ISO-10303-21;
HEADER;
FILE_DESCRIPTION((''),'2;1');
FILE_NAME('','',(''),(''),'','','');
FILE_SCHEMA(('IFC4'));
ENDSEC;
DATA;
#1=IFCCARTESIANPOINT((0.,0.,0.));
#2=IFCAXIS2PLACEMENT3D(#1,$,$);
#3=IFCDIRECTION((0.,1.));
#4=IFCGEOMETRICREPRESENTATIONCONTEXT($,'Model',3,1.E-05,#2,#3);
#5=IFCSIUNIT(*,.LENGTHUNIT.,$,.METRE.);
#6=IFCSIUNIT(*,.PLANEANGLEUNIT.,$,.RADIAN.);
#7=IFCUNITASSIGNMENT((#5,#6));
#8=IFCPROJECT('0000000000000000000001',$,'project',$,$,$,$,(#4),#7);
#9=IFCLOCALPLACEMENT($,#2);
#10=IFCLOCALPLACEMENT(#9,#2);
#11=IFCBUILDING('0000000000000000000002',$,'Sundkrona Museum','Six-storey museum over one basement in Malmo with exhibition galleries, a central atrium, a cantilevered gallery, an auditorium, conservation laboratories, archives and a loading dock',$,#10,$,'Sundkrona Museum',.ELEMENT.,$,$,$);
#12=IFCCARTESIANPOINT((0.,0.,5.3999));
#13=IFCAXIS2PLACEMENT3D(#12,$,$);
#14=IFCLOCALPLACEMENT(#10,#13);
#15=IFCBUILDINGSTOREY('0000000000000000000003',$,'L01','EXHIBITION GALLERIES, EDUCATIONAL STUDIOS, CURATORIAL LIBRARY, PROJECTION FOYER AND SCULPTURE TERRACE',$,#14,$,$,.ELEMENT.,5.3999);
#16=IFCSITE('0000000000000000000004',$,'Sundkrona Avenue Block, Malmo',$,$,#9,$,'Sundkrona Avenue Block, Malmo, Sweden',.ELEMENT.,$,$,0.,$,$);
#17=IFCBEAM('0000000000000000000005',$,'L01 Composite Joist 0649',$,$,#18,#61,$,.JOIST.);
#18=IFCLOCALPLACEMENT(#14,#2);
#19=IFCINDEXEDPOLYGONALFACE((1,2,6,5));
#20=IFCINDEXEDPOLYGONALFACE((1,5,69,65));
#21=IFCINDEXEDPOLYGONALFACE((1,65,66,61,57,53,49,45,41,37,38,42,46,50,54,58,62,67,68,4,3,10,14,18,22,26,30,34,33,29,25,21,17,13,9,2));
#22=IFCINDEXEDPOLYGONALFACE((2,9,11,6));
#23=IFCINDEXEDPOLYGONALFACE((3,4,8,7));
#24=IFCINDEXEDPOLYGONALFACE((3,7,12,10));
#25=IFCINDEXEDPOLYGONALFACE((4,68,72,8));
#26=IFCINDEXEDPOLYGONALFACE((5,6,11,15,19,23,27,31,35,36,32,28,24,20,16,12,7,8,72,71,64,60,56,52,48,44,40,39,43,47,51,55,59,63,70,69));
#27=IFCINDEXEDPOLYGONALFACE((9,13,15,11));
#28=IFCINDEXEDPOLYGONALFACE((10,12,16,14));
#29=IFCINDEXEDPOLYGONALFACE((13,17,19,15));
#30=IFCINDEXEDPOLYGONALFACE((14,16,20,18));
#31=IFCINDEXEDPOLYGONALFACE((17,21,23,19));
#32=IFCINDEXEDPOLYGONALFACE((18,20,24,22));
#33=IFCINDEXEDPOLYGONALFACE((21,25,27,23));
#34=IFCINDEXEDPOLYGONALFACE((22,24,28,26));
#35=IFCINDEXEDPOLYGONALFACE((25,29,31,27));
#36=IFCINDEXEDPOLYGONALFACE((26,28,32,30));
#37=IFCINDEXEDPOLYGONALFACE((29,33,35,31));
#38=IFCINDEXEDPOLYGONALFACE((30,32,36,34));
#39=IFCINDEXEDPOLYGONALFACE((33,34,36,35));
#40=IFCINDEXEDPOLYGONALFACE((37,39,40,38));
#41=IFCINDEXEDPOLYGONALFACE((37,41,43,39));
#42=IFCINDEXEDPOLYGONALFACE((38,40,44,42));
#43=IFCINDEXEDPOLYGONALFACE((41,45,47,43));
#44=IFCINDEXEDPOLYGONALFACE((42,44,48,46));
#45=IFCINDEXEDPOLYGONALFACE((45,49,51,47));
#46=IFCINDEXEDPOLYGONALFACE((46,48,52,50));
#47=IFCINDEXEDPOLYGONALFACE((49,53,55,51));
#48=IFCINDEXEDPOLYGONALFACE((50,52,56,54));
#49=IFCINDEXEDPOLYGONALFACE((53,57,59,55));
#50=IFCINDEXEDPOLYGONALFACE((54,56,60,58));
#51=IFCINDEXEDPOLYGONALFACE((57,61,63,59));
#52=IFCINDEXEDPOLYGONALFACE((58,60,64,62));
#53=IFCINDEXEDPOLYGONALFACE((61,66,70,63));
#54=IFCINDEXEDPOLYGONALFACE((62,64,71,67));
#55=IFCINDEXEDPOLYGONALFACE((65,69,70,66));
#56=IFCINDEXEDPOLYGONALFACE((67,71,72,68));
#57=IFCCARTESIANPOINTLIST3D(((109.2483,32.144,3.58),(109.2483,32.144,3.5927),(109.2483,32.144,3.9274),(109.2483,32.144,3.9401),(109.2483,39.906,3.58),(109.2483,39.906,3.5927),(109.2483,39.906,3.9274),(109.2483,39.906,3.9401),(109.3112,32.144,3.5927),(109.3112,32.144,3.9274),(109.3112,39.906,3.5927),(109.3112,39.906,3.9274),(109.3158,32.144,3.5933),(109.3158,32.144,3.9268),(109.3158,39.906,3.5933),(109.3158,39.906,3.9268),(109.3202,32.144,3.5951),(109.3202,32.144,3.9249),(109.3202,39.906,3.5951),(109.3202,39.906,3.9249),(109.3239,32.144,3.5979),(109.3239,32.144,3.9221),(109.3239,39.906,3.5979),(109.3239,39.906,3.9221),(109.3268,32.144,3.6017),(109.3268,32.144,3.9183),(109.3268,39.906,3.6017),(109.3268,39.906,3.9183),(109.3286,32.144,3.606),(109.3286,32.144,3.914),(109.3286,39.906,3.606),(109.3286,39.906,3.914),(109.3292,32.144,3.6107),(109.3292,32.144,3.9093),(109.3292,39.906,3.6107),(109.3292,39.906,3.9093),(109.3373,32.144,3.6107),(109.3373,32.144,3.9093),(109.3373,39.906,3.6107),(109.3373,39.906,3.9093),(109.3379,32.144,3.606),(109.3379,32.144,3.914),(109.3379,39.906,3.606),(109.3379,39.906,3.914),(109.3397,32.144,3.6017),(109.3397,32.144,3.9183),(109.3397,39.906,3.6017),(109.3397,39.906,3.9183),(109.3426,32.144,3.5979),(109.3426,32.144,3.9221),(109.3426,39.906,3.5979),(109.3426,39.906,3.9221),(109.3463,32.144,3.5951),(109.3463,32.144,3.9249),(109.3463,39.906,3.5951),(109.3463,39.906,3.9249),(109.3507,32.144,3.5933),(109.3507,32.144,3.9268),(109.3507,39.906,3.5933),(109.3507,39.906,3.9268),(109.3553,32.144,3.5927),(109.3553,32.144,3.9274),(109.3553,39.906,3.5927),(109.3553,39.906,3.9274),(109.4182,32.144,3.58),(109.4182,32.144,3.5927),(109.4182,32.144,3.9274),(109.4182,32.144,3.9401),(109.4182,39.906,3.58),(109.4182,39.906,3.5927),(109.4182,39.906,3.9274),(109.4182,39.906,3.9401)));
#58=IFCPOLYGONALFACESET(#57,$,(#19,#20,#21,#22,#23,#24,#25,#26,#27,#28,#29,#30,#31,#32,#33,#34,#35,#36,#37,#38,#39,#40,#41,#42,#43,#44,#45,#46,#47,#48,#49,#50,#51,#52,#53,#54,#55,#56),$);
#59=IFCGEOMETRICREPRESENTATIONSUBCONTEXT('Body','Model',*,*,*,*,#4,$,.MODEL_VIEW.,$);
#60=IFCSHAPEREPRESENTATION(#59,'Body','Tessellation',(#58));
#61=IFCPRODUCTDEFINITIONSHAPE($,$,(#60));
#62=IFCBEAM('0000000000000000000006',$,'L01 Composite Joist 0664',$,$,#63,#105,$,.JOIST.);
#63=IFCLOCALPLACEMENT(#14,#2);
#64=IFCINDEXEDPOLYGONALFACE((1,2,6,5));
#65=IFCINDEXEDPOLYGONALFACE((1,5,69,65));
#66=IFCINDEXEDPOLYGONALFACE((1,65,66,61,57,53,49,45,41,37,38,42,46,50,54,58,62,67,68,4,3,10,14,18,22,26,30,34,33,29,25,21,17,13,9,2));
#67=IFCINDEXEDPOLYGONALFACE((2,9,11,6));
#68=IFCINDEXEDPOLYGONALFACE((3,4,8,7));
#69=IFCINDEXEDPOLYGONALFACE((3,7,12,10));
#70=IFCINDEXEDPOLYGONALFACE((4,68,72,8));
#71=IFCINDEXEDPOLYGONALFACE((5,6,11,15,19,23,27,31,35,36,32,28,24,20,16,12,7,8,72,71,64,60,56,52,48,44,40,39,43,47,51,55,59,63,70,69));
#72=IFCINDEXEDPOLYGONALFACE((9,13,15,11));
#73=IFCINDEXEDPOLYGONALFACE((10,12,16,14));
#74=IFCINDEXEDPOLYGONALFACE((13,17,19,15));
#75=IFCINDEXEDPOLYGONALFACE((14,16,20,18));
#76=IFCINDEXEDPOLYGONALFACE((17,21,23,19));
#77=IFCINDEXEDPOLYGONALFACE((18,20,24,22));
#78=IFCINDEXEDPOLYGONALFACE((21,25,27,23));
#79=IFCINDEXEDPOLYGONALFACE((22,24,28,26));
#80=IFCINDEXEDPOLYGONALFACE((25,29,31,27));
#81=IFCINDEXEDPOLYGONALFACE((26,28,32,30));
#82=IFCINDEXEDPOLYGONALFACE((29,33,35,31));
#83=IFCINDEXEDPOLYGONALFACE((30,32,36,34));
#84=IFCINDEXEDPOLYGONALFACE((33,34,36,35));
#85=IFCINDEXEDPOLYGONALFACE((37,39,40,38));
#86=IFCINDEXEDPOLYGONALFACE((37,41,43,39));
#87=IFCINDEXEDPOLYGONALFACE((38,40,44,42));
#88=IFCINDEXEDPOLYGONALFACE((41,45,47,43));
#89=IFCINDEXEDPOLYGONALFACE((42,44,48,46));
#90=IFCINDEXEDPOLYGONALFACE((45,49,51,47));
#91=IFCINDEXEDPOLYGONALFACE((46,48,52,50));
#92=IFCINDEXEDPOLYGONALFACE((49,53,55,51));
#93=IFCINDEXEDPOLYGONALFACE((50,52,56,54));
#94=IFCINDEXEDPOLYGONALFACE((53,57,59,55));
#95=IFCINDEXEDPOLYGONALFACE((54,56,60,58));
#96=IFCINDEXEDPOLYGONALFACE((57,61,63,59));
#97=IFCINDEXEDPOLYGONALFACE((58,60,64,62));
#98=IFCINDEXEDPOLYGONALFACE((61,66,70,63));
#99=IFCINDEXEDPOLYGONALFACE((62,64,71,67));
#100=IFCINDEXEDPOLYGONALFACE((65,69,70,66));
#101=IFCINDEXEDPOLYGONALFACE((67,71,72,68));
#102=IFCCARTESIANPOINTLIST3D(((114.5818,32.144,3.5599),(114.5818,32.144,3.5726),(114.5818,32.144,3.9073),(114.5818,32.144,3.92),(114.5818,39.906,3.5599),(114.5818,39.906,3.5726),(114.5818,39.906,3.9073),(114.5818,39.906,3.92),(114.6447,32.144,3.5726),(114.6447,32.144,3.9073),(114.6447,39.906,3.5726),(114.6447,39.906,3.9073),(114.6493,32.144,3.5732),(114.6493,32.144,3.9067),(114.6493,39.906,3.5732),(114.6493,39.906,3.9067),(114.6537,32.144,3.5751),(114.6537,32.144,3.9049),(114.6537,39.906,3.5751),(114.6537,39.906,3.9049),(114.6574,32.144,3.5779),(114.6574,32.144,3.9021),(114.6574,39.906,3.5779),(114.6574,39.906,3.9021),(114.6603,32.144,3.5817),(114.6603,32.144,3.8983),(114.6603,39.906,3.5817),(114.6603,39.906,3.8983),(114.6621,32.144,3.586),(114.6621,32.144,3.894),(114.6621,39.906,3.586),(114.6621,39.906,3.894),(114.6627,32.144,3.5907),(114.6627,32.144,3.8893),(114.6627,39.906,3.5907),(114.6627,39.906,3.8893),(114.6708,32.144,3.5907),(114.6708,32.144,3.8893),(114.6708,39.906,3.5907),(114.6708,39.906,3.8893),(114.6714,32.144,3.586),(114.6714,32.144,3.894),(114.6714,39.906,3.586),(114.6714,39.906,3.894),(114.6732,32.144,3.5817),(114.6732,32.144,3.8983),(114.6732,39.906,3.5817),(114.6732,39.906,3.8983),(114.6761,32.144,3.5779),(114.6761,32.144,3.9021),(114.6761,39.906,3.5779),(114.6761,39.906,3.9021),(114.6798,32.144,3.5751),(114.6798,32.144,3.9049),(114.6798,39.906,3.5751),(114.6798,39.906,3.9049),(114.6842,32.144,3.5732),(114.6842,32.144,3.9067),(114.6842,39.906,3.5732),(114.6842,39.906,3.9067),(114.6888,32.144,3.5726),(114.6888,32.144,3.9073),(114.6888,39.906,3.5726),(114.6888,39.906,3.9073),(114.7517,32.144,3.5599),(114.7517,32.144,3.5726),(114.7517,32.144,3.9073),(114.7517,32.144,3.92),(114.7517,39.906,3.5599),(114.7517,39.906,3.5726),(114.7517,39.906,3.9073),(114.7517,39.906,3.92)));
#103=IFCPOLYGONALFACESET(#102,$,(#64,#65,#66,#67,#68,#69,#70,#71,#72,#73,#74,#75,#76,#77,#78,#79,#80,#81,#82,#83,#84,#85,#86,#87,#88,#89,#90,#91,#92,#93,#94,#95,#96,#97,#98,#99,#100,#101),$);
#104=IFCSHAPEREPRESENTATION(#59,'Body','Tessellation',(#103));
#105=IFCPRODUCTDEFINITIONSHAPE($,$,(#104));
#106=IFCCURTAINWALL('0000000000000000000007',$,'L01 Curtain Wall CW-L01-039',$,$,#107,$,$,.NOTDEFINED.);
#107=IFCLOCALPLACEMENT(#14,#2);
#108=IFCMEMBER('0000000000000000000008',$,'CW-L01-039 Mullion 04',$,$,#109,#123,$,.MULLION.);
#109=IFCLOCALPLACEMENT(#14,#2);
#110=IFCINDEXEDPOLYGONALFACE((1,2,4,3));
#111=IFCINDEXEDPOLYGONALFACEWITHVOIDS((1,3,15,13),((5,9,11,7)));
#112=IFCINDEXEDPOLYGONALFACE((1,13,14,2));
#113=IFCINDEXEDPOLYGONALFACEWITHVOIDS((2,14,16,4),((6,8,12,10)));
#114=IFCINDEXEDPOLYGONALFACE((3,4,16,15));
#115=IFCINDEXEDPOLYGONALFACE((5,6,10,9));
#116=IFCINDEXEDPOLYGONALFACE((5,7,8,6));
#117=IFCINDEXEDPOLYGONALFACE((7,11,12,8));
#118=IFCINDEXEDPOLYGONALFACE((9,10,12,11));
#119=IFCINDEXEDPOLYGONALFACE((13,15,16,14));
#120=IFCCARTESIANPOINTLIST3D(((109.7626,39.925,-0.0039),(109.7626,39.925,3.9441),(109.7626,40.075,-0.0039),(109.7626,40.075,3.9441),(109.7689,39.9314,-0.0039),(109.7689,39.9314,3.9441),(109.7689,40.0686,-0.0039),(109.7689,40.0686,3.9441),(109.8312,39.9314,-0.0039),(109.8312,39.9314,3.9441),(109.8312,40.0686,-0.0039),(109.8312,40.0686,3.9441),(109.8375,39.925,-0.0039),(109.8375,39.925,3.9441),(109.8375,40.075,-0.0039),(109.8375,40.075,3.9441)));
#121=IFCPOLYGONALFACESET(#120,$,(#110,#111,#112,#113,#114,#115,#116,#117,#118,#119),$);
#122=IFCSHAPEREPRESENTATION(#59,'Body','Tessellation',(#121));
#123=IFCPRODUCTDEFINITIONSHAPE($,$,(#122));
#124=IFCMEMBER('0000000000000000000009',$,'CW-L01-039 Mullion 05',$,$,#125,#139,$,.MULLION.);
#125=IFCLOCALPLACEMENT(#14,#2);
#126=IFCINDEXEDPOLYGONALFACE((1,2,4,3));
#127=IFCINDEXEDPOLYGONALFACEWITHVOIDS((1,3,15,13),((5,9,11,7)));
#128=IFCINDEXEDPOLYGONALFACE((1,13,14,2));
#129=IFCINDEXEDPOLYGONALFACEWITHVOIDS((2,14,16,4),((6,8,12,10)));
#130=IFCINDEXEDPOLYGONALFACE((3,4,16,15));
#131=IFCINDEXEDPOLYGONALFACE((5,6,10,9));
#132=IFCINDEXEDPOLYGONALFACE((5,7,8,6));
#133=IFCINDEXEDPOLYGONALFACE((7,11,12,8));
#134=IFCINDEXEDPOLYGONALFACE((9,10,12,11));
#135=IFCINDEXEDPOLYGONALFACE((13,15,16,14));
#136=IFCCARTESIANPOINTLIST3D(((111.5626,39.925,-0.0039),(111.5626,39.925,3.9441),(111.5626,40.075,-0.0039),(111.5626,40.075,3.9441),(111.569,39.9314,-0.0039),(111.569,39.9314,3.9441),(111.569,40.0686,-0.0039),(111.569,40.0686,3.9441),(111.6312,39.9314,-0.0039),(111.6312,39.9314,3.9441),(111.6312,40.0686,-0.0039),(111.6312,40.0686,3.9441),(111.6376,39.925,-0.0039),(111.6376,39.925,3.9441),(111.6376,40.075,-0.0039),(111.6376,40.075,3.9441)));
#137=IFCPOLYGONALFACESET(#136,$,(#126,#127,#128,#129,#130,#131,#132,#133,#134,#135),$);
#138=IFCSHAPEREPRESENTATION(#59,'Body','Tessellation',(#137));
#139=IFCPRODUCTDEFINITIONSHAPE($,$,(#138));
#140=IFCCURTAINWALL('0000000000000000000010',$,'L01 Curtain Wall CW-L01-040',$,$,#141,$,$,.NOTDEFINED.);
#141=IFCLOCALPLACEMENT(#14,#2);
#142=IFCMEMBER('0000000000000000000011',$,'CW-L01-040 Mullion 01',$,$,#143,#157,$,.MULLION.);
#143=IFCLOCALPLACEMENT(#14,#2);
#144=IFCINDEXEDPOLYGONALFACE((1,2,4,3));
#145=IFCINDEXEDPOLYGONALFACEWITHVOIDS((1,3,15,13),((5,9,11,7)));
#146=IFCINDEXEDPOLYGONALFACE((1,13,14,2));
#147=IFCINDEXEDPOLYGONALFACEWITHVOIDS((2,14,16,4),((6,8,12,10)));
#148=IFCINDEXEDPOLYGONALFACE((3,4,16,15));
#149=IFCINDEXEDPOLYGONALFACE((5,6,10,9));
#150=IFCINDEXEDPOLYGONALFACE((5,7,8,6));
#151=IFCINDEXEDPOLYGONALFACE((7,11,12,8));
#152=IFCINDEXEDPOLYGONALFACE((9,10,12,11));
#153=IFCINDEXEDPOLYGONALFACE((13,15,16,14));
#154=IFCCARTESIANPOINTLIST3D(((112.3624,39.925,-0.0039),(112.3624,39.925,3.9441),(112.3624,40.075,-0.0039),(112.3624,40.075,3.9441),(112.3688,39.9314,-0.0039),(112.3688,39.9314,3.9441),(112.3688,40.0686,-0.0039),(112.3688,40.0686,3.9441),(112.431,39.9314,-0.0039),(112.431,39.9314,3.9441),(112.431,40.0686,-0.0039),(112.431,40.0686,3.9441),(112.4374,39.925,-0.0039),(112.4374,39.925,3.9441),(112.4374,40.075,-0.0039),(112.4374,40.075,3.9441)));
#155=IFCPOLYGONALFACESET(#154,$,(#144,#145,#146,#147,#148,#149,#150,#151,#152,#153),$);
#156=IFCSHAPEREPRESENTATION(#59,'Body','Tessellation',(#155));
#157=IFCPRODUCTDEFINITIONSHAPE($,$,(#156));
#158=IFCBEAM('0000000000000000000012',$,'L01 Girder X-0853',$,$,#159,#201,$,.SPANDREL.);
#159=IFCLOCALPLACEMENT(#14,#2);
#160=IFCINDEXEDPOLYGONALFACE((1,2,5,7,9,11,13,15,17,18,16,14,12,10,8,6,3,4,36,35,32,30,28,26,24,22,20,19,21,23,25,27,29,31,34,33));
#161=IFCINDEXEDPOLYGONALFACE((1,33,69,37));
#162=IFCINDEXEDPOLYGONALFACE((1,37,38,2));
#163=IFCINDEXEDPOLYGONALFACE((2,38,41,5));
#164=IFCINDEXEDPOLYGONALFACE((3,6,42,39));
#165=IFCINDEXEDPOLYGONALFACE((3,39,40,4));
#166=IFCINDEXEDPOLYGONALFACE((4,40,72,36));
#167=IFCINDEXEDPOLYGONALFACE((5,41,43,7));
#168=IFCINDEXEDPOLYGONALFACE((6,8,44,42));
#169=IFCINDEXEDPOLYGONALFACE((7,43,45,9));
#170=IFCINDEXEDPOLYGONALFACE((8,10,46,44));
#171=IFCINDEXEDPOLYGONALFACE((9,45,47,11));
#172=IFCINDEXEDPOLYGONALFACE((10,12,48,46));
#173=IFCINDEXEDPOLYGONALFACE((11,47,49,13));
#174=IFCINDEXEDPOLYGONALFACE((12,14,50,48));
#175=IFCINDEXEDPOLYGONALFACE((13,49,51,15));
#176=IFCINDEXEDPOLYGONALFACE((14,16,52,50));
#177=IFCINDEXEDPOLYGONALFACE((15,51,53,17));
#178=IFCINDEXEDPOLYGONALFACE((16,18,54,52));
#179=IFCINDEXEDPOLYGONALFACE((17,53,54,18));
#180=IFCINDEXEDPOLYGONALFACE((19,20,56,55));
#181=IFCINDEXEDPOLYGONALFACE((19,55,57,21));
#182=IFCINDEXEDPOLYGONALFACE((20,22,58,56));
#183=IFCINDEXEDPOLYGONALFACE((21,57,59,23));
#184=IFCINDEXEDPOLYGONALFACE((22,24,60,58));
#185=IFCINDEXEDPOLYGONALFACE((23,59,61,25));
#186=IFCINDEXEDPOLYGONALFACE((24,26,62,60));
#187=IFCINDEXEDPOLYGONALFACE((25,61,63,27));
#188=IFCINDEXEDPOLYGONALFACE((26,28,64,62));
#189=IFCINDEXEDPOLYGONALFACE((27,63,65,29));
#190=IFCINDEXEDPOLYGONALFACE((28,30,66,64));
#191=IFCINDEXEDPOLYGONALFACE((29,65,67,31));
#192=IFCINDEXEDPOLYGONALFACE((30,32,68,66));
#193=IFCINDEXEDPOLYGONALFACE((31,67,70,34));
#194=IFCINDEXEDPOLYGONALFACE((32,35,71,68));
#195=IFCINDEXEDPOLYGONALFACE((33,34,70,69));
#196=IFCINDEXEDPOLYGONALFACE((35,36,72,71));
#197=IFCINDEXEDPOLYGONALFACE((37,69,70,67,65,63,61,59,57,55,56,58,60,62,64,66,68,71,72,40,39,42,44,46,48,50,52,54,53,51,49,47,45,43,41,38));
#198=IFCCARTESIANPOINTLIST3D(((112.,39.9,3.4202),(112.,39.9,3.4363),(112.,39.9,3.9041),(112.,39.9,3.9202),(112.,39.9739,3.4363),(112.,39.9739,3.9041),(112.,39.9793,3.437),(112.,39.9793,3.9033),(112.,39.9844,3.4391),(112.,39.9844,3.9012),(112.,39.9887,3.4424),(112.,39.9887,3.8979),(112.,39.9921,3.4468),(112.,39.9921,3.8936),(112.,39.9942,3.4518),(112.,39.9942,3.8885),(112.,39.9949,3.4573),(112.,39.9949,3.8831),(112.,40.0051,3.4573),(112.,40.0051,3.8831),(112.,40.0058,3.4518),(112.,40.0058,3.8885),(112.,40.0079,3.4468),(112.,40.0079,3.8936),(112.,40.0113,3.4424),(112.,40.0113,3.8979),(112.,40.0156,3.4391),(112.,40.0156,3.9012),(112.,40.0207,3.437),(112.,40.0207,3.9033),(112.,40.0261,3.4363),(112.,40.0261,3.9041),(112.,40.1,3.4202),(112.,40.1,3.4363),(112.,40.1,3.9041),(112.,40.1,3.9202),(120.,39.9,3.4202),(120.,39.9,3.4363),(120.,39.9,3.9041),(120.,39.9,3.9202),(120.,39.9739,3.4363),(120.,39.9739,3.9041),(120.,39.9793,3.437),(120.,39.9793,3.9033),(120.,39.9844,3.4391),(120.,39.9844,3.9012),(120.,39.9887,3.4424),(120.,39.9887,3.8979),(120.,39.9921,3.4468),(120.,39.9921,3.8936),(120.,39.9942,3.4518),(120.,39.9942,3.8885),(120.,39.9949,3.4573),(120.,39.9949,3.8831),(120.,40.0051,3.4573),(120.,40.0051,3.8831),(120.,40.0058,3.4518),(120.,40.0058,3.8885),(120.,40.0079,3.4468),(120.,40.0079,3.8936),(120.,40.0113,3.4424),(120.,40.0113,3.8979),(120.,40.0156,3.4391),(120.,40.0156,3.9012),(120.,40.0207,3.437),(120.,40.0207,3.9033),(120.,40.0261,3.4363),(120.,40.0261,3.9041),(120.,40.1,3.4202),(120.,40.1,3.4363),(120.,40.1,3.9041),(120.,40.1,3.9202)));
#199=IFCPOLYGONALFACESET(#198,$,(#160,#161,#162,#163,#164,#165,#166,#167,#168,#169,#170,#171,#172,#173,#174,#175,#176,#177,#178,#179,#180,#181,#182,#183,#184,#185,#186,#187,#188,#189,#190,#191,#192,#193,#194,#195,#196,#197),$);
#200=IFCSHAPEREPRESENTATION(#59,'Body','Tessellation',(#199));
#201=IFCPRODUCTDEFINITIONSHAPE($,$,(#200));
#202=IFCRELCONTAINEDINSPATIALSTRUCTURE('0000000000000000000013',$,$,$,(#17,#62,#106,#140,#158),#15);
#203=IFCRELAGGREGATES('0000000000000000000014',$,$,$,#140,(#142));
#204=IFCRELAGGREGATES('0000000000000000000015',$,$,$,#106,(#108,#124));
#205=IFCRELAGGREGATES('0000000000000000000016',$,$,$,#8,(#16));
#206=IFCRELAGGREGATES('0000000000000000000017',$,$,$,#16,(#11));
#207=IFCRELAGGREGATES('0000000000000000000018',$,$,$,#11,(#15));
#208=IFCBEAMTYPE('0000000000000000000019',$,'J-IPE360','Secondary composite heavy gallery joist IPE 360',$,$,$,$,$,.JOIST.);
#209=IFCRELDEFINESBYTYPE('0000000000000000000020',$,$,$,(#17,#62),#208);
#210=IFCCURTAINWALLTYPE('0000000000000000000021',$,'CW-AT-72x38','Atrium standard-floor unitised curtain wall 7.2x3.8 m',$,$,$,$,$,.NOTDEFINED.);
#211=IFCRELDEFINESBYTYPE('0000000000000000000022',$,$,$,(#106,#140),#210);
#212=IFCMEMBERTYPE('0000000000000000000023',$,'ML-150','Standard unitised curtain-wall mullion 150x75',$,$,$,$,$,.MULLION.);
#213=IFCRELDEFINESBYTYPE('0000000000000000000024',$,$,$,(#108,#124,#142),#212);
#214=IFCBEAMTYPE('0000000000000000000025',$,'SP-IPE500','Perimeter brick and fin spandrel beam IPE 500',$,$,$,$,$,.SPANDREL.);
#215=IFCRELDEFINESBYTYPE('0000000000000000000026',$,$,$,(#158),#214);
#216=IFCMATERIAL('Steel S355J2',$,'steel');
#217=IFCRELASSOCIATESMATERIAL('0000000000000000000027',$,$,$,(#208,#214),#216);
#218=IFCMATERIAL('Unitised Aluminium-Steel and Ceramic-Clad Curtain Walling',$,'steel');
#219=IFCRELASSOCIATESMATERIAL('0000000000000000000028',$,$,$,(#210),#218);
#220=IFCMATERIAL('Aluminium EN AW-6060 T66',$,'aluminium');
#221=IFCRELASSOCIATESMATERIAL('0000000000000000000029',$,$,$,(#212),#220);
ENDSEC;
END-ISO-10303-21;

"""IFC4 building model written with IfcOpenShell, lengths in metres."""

from ifc_helpers import new_model, si_unit, direction, frame, origin, origin_2d, place, context, subcontext, project, spatial, hollow_rectangle, i_section, extrude, material, material_profile, profile_set, type_object, element, aggregate, save


model = new_model("IFC4")

# Units and contexts
model_context = context("Model", 3, precision=1e-05, world=origin(), true_north=direction((0.0, 1.0)))
body_context = subcontext(model_context, "Body", "Model", "MODEL_VIEW")
ifc_project = project(units=[si_unit("LENGTHUNIT", "METRE"), si_unit("PLANEANGLEUNIT", "RADIAN")], contexts=[model_context])

# Site, building, storey
site_placement = place(None, origin())
site = spatial("IfcSite", under=ifc_project, at=site_placement, Name="Sundkrona Avenue Block, Malmo", LongName="Sundkrona Avenue Block, Malmo, Sweden", CompositionType="ELEMENT", RefElevation=0.0)
building_placement = place(site_placement, origin())
building = spatial("IfcBuilding", under=site, at=building_placement, Name="Sundkrona Museum", Description="Six-storey museum over one basement in Malmo with exhibition galleries, a central atrium, a cantilevered gallery, an auditorium, conservation laboratories, archives and a loading dock", LongName="Sundkrona Museum", CompositionType="ELEMENT")
storey_placement = place(building_placement, frame((0.0, 0.0, 5.3999)))
storey = spatial("IfcBuildingStorey", under=building, at=storey_placement, Name="L01", Description="EXHIBITION GALLERIES, EDUCATIONAL STUDIOS, CURATORIAL LIBRARY, PROJECTION FOYER AND SCULPTURE TERRACE", CompositionType="ELEMENT", Elevation=5.3999)

# Shared definitions
ifc_material_1 = material(Name="Steel S355J2", Category="steel")

# Beams
ifc_material_profile_1 = material_profile(ifc_material_1, i_section(OverallWidth=0.1699, OverallDepth=0.3601, WebThickness=0.0081, FlangeThickness=0.0127, FilletRadius=0.0181, at=origin_2d()), Name="IPE 360")
ifc_profile_set_1 = profile_set([ifc_material_profile_1], Name="Steel S355J2")
beam_type_1 = type_object("IfcBeamType", Name="J-IPE360", Description="Secondary composite heavy gallery joist IPE 360", PredefinedType="JOIST", material=ifc_profile_set_1)
for number, where, z_axis, x_axis, name in (
    (1, (109.3333, 32.144, 3.76), (0.0, 1.0, 0.0), (-1.0, 0.0, 0.0), "L01 Composite Joist 0649"),
    (2, (114.6667, 32.144, 3.74), (0.0, 1.0, 0.0), (-1.0, 0.0, 0.0), "L01 Composite Joist 0664"),
):
    element("IfcBeam", number, at=place(storey_placement, frame(where, z_axis=z_axis, x_axis=x_axis)), inside=storey, type_object=beam_type_1, Name=name, PredefinedType="JOIST", context=body_context, shape_type="SweptSolid", body=[
        extrude(i_section(OverallWidth=0.1699, OverallDepth=0.3601, WebThickness=0.0081, FlangeThickness=0.0127, FilletRadius=0.0181, at=origin_2d()), origin(), (0.0, 0.0, 1.0), 7.762),
    ])

# Curtain wall, members
ifc_material_2 = material(Name="Unitised Aluminium-Steel and Ceramic-Clad Curtain Walling", Category="steel")
curtain_wall_type = type_object("IfcCurtainWallType", Name="CW-AT-72x38", Description="Atrium standard-floor unitised curtain wall 7.2x3.8 m", PredefinedType="NOTDEFINED", material=ifc_material_2)
curtain_wall_1_placement = place(storey_placement, origin())
curtain_wall_1 = element("IfcCurtainWall", 3, at=curtain_wall_1_placement, inside=storey, type_object=curtain_wall_type, Name="L01 Curtain Wall CW-L01-039", PredefinedType="NOTDEFINED")
ifc_material_3 = material(Name="Aluminium EN AW-6060 T66", Category="aluminium")
ifc_material_profile_2 = material_profile(ifc_material_3, hollow_rectangle(XDim=0.075, YDim=0.1499, WallThickness=0.0063, at=origin_2d()), Name="RHS 150x75x6.3")
ifc_profile_set_2 = profile_set([ifc_material_profile_2], Name="Aluminium EN AW-6060 T66")
member_type_1 = type_object("IfcMemberType", Name="ML-150", Description="Standard unitised curtain-wall mullion 150x75", PredefinedType="MULLION", material=ifc_profile_set_2)
member_1_placement = place(storey_placement, frame((109.8, 40.0, -0.0039), z_axis=(0.0, 0.0, 1.0), x_axis=(1.0, 0.0, 0.0)))
member_1 = element("IfcMember", 4, at=member_1_placement, type_object=member_type_1, Name="CW-L01-039 Mullion 04", PredefinedType="MULLION", context=body_context, shape_type="SweptSolid", body=[
    extrude(hollow_rectangle(XDim=0.075, YDim=0.1499, WallThickness=0.0063, at=origin_2d()), origin(), (0.0, 0.0, 1.0), 3.948),
])
member_2_placement = place(storey_placement, frame((111.6001, 40.0, -0.0039), z_axis=(0.0, 0.0, 1.0), x_axis=(1.0, 0.0, 0.0)))
member_2 = element("IfcMember", 5, at=member_2_placement, type_object=member_type_1, Name="CW-L01-039 Mullion 05", PredefinedType="MULLION", context=body_context, shape_type="SweptSolid", body=[
    extrude(hollow_rectangle(XDim=0.075, YDim=0.1499, WallThickness=0.0063, at=origin_2d()), origin(), (0.0, 0.0, 1.0), 3.948),
])

# Curtain wall, member
curtain_wall_2_placement = place(storey_placement, origin())
curtain_wall_2 = element("IfcCurtainWall", 6, at=curtain_wall_2_placement, inside=storey, type_object=curtain_wall_type, Name="L01 Curtain Wall CW-L01-040", PredefinedType="NOTDEFINED")
member_3_placement = place(storey_placement, frame((112.3999, 40.0, -0.0039), z_axis=(0.0, 0.0, 1.0), x_axis=(1.0, 0.0, 0.0)))
member_3 = element("IfcMember", 7, at=member_3_placement, type_object=member_type_1, Name="CW-L01-040 Mullion 01", PredefinedType="MULLION", context=body_context, shape_type="SweptSolid", body=[
    extrude(hollow_rectangle(XDim=0.075, YDim=0.1499, WallThickness=0.0063, at=origin_2d()), origin(), (0.0, 0.0, 1.0), 3.948),
])
aggregate(curtain_wall_2, [member_3])

# Beam
ifc_material_profile_3 = material_profile(ifc_material_1, i_section(OverallWidth=0.2, OverallDepth=0.5, WebThickness=0.0103, FlangeThickness=0.0161, FilletRadius=0.021, at=origin_2d()), Name="IPE 500")
ifc_profile_set_3 = profile_set([ifc_material_profile_3], Name="Steel S355J2")
beam_type_2 = type_object("IfcBeamType", Name="SP-IPE500", Description="Perimeter brick and fin spandrel beam IPE 500", PredefinedType="SPANDREL", material=ifc_profile_set_3)
beam_1_placement = place(storey_placement, frame((112.0, 40.0, 3.6702), z_axis=(1.0, 0.0, 0.0), x_axis=(0.0, 1.0, 0.0)))
element("IfcBeam", 8, at=beam_1_placement, inside=storey, type_object=beam_type_2, Name="L01 Girder X-0853", PredefinedType="SPANDREL", context=body_context, shape_type="SweptSolid", body=[
    extrude(i_section(OverallWidth=0.2, OverallDepth=0.5, WebThickness=0.0103, FlangeThickness=0.0161, FilletRadius=0.021, at=origin_2d()), origin(), (0.0, 0.0, 1.0), 8.0),
])

aggregate(curtain_wall_1, [member_1, member_2])

save(model, "model.ifc")
